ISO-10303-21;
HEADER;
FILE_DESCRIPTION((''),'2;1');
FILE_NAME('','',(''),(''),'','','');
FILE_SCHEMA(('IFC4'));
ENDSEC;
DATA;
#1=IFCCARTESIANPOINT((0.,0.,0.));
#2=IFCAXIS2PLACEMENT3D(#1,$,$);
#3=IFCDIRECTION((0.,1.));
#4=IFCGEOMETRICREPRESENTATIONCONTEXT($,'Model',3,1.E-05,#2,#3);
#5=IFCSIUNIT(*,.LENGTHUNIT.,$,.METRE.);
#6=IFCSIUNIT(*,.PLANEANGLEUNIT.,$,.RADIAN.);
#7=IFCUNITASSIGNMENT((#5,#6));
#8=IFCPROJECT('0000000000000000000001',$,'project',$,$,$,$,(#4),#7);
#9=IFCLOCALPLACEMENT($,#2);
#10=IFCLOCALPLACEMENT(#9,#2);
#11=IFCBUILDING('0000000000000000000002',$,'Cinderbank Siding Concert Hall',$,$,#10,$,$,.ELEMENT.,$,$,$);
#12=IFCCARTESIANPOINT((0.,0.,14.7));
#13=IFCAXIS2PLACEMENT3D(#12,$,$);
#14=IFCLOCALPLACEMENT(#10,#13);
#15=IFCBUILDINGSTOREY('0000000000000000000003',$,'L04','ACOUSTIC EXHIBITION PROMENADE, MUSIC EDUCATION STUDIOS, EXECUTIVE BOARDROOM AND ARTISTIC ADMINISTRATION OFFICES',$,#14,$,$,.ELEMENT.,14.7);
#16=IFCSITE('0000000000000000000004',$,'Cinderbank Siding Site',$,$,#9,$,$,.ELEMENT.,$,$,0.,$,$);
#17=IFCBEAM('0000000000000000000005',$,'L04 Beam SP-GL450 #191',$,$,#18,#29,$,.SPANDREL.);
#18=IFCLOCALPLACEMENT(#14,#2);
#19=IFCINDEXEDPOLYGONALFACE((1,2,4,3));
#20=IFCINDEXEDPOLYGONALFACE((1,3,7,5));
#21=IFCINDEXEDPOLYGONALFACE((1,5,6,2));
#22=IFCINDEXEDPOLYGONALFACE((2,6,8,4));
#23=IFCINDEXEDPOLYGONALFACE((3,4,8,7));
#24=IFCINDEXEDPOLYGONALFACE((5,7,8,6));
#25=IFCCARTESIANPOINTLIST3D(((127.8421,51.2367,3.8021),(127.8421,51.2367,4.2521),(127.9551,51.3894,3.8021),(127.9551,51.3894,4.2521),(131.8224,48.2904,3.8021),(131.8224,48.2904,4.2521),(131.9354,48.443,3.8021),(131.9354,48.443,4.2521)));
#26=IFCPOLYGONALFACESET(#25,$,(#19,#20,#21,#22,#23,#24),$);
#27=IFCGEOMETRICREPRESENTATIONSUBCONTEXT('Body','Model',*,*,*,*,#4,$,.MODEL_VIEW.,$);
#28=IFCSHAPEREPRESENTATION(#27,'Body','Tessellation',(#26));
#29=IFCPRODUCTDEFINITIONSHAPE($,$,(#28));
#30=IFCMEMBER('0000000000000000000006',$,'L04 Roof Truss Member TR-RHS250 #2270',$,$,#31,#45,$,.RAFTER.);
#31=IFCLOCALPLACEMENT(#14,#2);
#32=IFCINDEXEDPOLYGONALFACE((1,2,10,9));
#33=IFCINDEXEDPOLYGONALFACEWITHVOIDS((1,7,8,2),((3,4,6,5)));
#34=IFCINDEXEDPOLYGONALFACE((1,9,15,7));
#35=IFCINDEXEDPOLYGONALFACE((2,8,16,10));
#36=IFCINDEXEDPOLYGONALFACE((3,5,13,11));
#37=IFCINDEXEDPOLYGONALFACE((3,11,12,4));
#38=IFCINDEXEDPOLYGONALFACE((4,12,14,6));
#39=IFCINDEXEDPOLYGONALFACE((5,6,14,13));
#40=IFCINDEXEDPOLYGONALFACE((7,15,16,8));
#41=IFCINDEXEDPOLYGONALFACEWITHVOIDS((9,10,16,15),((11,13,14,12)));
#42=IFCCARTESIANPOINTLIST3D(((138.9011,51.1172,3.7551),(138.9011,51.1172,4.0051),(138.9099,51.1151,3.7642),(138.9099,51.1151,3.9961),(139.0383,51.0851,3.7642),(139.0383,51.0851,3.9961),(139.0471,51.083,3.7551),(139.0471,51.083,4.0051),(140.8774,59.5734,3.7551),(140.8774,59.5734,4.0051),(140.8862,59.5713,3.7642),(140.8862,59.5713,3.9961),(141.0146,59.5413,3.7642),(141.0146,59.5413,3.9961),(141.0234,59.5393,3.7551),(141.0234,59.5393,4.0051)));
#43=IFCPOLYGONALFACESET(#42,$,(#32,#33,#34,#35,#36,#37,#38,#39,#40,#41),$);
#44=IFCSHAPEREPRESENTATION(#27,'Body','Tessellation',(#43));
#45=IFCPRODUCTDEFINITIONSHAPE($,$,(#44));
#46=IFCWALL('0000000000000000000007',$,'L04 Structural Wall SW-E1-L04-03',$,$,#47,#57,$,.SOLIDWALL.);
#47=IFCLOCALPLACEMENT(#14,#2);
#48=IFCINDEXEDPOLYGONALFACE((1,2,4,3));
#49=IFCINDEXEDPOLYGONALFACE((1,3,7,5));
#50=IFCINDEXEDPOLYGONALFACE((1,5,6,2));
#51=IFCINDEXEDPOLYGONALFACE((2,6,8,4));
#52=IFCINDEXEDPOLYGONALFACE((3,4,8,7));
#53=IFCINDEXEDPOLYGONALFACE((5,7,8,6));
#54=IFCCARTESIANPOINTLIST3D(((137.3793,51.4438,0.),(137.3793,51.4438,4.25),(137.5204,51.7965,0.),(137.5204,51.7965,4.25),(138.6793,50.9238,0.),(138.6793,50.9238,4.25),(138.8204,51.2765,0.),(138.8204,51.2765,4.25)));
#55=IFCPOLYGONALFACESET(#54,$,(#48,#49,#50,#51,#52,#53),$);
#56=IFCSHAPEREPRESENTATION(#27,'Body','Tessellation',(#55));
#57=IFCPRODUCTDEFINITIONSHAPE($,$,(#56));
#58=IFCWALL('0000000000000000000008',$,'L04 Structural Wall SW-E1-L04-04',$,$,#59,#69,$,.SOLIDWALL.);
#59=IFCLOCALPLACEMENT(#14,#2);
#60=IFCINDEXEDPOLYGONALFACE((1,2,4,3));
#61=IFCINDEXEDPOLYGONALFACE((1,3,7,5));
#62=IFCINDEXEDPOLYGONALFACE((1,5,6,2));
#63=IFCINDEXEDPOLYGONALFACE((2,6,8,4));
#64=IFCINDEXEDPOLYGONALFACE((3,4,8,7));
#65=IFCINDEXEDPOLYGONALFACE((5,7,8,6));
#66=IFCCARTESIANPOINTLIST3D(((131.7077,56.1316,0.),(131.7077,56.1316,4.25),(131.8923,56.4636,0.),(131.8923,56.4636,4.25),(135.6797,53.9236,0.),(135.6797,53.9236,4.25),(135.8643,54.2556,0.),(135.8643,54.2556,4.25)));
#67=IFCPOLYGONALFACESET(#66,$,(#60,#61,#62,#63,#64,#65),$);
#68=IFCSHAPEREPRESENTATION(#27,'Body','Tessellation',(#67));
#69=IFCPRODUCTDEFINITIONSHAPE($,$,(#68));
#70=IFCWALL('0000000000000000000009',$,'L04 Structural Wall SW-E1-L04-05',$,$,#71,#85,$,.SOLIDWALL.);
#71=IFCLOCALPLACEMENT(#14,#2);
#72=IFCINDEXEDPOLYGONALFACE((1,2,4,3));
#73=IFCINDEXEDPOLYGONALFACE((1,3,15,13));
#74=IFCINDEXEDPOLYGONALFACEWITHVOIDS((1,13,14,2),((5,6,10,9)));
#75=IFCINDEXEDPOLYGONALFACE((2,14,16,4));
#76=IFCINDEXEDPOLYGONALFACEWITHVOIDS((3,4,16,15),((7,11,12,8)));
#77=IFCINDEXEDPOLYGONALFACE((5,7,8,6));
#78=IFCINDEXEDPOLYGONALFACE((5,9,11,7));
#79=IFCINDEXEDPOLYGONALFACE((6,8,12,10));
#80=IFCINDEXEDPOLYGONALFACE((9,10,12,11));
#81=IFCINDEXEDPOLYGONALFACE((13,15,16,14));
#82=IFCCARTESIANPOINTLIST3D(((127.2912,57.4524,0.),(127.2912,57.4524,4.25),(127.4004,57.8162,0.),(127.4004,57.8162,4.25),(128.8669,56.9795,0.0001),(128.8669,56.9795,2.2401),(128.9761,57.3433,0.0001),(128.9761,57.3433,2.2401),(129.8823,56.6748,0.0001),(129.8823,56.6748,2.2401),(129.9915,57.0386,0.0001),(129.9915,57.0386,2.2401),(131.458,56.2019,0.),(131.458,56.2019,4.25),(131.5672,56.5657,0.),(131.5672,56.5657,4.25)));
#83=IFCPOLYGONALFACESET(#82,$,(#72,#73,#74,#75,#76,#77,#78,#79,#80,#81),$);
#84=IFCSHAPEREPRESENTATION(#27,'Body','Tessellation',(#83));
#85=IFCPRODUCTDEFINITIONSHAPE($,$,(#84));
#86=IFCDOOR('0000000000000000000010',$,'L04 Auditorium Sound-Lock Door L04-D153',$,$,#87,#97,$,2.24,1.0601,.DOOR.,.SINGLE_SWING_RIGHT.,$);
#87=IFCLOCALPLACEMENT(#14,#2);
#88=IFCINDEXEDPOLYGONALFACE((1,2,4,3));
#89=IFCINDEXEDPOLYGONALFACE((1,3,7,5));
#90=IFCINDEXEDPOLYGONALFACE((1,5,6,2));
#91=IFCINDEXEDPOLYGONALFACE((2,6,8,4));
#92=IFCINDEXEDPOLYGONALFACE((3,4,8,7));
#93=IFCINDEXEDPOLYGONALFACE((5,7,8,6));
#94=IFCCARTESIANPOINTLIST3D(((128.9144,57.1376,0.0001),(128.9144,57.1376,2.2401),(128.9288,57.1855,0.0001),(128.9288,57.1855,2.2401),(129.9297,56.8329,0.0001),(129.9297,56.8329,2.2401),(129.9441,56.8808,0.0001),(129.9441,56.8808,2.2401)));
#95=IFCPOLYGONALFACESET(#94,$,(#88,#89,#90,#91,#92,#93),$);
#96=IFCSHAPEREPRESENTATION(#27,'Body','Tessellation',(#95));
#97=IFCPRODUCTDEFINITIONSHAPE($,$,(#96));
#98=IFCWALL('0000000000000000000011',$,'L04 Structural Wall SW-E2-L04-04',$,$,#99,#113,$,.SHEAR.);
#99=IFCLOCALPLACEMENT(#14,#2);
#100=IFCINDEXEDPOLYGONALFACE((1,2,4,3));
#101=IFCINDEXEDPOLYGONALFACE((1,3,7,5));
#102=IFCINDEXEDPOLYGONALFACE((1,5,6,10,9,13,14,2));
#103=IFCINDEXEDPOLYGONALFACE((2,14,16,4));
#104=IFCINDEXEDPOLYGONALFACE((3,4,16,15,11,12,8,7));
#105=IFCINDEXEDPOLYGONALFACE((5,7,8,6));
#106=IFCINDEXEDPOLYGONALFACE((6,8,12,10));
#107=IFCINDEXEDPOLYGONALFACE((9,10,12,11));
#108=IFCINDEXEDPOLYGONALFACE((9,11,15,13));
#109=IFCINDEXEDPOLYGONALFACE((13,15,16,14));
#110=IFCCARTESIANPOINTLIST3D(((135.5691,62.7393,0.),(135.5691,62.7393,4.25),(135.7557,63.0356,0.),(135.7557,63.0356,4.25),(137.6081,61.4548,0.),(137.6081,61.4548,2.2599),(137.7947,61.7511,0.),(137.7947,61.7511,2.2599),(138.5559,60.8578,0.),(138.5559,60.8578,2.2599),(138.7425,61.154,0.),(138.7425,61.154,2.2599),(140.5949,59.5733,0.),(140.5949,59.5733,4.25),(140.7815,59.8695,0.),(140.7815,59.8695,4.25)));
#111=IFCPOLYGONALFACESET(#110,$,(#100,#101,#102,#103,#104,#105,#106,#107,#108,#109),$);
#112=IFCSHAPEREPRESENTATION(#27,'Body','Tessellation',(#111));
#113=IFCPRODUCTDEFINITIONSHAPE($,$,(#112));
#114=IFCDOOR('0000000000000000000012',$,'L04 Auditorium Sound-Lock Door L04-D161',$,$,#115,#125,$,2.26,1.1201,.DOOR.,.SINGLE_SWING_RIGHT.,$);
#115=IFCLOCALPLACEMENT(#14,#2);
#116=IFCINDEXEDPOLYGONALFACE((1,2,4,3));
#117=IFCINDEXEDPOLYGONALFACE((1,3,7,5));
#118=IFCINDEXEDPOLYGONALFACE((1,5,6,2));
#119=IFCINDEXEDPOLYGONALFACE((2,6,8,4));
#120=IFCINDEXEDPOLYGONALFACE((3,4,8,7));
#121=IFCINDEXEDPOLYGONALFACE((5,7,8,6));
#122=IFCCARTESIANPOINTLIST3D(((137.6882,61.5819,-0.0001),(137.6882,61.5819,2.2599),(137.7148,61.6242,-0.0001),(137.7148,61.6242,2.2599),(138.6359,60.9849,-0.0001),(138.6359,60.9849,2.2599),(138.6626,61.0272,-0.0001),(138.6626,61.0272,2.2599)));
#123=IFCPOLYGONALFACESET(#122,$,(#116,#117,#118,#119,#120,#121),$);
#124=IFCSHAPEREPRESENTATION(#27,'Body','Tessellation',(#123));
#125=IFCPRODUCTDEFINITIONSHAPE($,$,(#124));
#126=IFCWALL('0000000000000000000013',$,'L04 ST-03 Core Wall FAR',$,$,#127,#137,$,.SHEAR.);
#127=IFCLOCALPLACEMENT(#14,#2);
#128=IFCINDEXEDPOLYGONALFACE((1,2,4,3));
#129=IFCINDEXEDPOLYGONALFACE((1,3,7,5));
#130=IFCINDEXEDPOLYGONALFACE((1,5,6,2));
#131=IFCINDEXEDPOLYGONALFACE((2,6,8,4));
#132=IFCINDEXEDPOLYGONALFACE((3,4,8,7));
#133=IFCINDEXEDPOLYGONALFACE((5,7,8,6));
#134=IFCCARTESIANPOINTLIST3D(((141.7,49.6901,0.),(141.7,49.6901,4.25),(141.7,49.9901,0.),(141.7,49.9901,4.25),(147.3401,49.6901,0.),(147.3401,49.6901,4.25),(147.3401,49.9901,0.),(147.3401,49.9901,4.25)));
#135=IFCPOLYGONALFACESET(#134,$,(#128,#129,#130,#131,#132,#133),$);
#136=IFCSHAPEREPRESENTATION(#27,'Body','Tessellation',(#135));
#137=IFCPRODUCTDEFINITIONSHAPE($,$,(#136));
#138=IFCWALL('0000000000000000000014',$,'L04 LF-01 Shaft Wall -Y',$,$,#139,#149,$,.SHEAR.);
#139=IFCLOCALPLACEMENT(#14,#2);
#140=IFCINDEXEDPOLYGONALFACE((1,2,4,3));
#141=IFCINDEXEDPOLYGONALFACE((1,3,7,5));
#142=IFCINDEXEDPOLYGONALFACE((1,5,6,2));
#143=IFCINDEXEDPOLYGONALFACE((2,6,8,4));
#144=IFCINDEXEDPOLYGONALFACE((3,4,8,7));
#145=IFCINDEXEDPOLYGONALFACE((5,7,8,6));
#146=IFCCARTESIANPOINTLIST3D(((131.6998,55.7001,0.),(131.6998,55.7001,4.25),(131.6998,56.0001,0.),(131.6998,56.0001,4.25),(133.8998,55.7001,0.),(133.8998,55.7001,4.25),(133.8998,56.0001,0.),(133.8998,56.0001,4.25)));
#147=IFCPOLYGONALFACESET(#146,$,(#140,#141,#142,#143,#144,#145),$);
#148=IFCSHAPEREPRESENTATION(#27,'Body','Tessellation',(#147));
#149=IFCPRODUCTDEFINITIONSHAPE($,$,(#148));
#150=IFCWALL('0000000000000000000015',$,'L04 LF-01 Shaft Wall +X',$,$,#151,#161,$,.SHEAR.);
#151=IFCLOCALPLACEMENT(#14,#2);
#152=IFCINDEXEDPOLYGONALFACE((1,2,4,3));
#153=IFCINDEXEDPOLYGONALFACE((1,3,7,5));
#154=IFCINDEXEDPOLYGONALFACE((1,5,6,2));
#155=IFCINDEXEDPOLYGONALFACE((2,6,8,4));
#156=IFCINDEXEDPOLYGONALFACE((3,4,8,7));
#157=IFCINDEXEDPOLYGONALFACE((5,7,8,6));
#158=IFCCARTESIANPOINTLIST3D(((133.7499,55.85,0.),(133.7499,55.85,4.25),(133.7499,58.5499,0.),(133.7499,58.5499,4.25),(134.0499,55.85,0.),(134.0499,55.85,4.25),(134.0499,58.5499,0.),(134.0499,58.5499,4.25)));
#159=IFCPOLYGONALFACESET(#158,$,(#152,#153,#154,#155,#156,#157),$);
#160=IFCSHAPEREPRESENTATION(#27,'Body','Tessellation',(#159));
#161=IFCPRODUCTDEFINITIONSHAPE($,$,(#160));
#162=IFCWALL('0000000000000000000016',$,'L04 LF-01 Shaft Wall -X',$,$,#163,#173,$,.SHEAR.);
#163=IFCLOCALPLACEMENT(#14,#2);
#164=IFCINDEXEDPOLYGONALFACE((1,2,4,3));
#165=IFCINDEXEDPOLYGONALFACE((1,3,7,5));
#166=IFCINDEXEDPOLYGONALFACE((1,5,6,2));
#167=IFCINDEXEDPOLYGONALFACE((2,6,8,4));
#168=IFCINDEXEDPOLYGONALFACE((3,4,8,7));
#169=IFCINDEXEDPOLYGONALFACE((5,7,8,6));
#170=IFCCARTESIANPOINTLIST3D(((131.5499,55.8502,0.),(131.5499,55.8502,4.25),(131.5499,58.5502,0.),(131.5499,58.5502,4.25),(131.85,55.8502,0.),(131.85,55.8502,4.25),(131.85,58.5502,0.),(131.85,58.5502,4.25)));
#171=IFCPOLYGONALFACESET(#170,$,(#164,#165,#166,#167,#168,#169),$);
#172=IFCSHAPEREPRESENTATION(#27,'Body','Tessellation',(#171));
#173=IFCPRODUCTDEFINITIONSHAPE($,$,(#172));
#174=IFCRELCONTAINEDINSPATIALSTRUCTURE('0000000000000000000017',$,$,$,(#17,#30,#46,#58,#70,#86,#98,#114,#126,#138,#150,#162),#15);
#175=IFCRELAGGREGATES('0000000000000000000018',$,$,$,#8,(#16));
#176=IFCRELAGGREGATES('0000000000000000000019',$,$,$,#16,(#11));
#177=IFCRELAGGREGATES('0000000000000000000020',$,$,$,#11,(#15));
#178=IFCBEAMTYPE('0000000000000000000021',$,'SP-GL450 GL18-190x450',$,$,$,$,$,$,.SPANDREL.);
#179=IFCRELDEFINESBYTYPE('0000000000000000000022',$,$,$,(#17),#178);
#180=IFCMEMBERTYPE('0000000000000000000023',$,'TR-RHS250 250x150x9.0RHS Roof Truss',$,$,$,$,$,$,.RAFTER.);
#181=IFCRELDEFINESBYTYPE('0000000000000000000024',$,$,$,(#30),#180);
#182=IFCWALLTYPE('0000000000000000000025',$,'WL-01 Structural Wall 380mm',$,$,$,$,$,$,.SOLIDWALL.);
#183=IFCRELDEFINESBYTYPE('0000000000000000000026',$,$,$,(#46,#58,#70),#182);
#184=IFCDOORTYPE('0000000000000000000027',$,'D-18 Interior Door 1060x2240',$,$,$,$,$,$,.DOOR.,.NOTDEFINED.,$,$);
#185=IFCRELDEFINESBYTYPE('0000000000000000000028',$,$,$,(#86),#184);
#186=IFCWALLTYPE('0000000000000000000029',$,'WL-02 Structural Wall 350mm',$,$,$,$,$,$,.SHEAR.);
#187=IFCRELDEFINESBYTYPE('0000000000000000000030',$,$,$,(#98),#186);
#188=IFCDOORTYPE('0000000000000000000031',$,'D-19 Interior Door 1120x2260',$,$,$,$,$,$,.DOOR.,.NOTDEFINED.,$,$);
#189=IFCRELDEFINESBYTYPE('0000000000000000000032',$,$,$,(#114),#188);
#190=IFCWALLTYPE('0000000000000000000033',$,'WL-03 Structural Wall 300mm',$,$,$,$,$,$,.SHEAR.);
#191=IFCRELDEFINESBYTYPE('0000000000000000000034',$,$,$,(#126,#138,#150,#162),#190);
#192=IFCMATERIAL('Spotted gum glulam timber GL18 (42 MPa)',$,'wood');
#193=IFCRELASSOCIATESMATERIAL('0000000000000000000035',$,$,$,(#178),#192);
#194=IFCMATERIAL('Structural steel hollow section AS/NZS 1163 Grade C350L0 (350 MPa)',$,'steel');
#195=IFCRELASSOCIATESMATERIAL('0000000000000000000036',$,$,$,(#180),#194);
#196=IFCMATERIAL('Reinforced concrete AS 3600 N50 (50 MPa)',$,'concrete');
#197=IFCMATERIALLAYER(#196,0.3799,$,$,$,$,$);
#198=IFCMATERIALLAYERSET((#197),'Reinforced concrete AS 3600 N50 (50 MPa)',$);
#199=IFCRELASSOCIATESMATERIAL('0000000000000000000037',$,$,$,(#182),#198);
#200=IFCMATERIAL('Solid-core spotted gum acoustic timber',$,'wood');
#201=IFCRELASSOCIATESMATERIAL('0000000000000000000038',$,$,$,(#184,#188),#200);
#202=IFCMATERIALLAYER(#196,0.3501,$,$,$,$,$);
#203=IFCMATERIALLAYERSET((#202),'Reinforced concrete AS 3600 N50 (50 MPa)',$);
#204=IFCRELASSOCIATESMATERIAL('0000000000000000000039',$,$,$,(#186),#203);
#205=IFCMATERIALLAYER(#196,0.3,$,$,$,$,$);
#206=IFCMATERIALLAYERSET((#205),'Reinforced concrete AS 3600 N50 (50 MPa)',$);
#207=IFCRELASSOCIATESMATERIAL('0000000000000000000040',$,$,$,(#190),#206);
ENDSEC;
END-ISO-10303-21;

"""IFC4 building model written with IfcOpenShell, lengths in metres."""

from ifc_helpers import new_model, si_unit, direction, frame, frame_2d, origin, origin_2d, place, context, subcontext, project, spatial, rectangle, hollow_rectangle, extrude, material, layer, layer_set, material_profile, profile_set, type_object, element, fill, save


model = new_model("IFC4")

# Units and contexts
model_context = context("Model", 3, precision=1e-05, world=origin(), true_north=direction((0.0, 1.0)))
body_context = subcontext(model_context, "Body", "Model", "MODEL_VIEW")
ifc_project = project(units=[si_unit("LENGTHUNIT", "METRE"), si_unit("PLANEANGLEUNIT", "RADIAN")], contexts=[model_context])

# Site, building, storey
site_placement = place(None, origin())
site = spatial("IfcSite", under=ifc_project, at=site_placement, Name="Cinderbank Siding Site", CompositionType="ELEMENT", RefElevation=0.0)
building_placement = place(site_placement, origin())
building = spatial("IfcBuilding", under=site, at=building_placement, Name="Cinderbank Siding Concert Hall", CompositionType="ELEMENT")
storey_placement = place(building_placement, frame((0.0, 0.0, 14.7)))
storey = spatial("IfcBuildingStorey", under=building, at=storey_placement, Name="L04", Description="ACOUSTIC EXHIBITION PROMENADE, MUSIC EDUCATION STUDIOS, EXECUTIVE BOARDROOM AND ARTISTIC ADMINISTRATION OFFICES", CompositionType="ELEMENT", Elevation=14.7)

# Shared definitions
ifc_material_1 = material(Name="Reinforced concrete AS 3600 N50 (50 MPa)", Category="concrete")

# Shared definitions
ifc_material_2 = material(Name="Structural steel hollow section AS/NZS 1163 Grade C350L0 (350 MPa)", Category="steel")

# Beam
ifc_material_3 = material(Name="Spotted gum glulam timber GL18 (42 MPa)", Category="wood")
ifc_material_profile_1 = material_profile(ifc_material_3, rectangle(XDim=0.1899, YDim=0.45, at=origin_2d()), Name="GL18-190x450", Category="LoadBearing")
ifc_profile_set_1 = profile_set([ifc_material_profile_1], Name="Spotted gum glulam timber GL18 (42 MPa)")
beam_type_1 = type_object("IfcBeamType", Name="SP-GL450 GL18-190x450", PredefinedType="SPANDREL", material=ifc_profile_set_1)
beam_1_placement = place(storey_placement, frame((131.8789, 48.3667, 4.0271), z_axis=(-0.803753, 0.594963, 0.0), x_axis=(-0.594963, -0.803753, 0.0)))
element("IfcBeam", 1, at=beam_1_placement, inside=storey, type_object=beam_type_1, Name="L04 Beam SP-GL450 #191", PredefinedType="SPANDREL", context=body_context, shape_type="SweptSolid", body=[
    extrude(rectangle(XDim=0.1899, YDim=0.45, at=origin_2d()), origin(), (0.0, 0.0, 1.0), 4.9521),
])

# Member
ifc_material_profile_2 = material_profile(ifc_material_2, hollow_rectangle(XDim=0.1499, YDim=0.25, WallThickness=0.009, at=origin_2d()), Name="250x150x9.0RHS", Category="LoadBearing")
ifc_profile_set_2 = profile_set([ifc_material_profile_2], Name="Structural steel hollow section AS/NZS 1163 Grade C350L0 (350 MPa)")
member_type_1 = type_object("IfcMemberType", Name="TR-RHS250 250x150x9.0RHS Roof Truss", PredefinedType="RAFTER", material=ifc_profile_set_2)
member_1_placement = place(storey_placement, frame((138.9741, 51.1001, 3.8801), z_axis=(0.227577, 0.97376, 0.0), x_axis=(-0.97376, 0.227577, 0.0)))
element("IfcMember", 2, at=member_1_placement, inside=storey, type_object=member_type_1, Name="L04 Roof Truss Member TR-RHS250 #2270", PredefinedType="RAFTER", context=body_context, shape_type="SweptSolid", body=[
    extrude(hollow_rectangle(XDim=0.1499, YDim=0.25, WallThickness=0.009, at=origin_2d()), origin(), (0.0, 0.0, 1.0), 8.6841),
])

# Walls
ifc_layer_1 = layer(ifc_material_1, 0.3799)
ifc_layer_set_1 = layer_set([ifc_layer_1], Name="Reinforced concrete AS 3600 N50 (50 MPa)")
wall_type_1 = type_object("IfcWallType", Name="WL-01 Structural Wall 380mm", PredefinedType="SOLIDWALL", material=ifc_layer_set_1)
wall_1_placement = place(storey_placement, frame((138.75, 51.1001, 0.0), z_axis=(0.0, 0.0, 1.0), x_axis=(-0.928477, 0.371391, 0.0)))
element("IfcWall", 3, at=wall_1_placement, inside=storey, type_object=wall_type_1, Name="L04 Structural Wall SW-E1-L04-03", PredefinedType="SOLIDWALL", context=body_context, shape_type="SweptSolid", body=[
    extrude(rectangle(XDim=1.4001, YDim=0.3799, at=frame_2d((0.7002, 0.0))), origin(), (0.0, 0.0, 1.0), 4.25),
])
wall_2_placement = place(storey_placement, frame((135.772, 54.0896, 0.0), z_axis=(0.0, 0.0, 1.0), x_axis=(-0.874028, 0.485876, 0.0)))
element("IfcWall", 4, at=wall_2_placement, inside=storey, type_object=wall_type_1, Name="L04 Structural Wall SW-E1-L04-04", PredefinedType="SOLIDWALL", context=body_context, shape_type="SweptSolid", body=[
    extrude(rectangle(XDim=4.5444, YDim=0.3799, at=frame_2d((2.2722, 0.0))), origin(), (0.0, 0.0, 1.0), 4.25),
])

# Walls, openings, doors
wall_3_placement = place(storey_placement, frame((131.5127, 56.3838, 0.0), z_axis=(0.0, 0.0, 1.0), x_axis=(-0.957797, 0.287446, 0.0)))
wall_3 = element("IfcWall", 5, at=wall_3_placement, inside=storey, type_object=wall_type_1, Name="L04 Structural Wall SW-E1-L04-05", PredefinedType="SOLIDWALL", context=body_context, shape_type="SweptSolid", body=[
    extrude(rectangle(XDim=4.3503, YDim=0.3799, at=frame_2d((2.1753, 0.0))), origin(), (0.0, 0.0, 1.0), 4.25),
])
opening_1_placement = place(wall_3_placement, frame((1.6453, 0.0, 0.0)))
opening_1 = element("IfcOpeningElement", 6, at=opening_1_placement, cuts=wall_3, PredefinedType="OPENING", context=body_context, shape_type="SweptSolid", body=[
    extrude(rectangle(XDim=1.0601, YDim=2.24, at=frame_2d((0.53, 1.1201))), frame((0.0, 0.2019, 0.0), z_axis=(0.0, -1.0, 0.0), x_axis=(1.0, 0.0, 0.0)), (0.0, 0.0, 1.0), 0.4038),
])
ifc_material_4 = material(Name="Solid-core spotted gum acoustic timber", Category="wood")
door_type_1 = type_object("IfcDoorType", Name="D-18 Interior Door 1060x2240", OperationType="NOTDEFINED", PredefinedType="DOOR", material=ifc_material_4)
door_1_placement = place(opening_1_placement, origin())
door_1 = element("IfcDoor", 7, at=door_1_placement, inside=storey, type_object=door_type_1, Name="L04 Auditorium Sound-Lock Door L04-D153", OperationType="SINGLE_SWING_RIGHT", OverallHeight=2.24, OverallWidth=1.0601, PredefinedType="DOOR", context=body_context, shape_type="SweptSolid", body=[
    extrude(rectangle(XDim=1.0601, YDim=2.24, at=frame_2d((0.53, 1.1201))), frame((0.0, 0.0249, 0.0), z_axis=(0.0, -1.0, 0.0), x_axis=(1.0, 0.0, 0.0)), (0.0, 0.0, 1.0), 0.05),
])
fill(opening_1, door_1)
ifc_layer_2 = layer(ifc_material_1, 0.3501)
ifc_layer_set_2 = layer_set([ifc_layer_2], Name="Reinforced concrete AS 3600 N50 (50 MPa)")
wall_type_2 = type_object("IfcWallType", Name="WL-02 Structural Wall 350mm", PredefinedType="SHEAR", material=ifc_layer_set_2)
wall_4_placement = place(storey_placement, frame((140.6882, 59.7214, 0.0), z_axis=(0.0, 0.0, 1.0), x_axis=(-0.846113, 0.533003, 0.0)))
wall_4 = element("IfcWall", 8, at=wall_4_placement, inside=storey, type_object=wall_type_2, Name="L04 Structural Wall SW-E2-L04-04", PredefinedType="SHEAR", context=body_context, shape_type="SweptSolid", body=[
    extrude(rectangle(XDim=5.9399, YDim=0.3501, at=frame_2d((2.97, 0.0))), origin(), (0.0, 0.0, 1.0), 4.25),
])
opening_2_placement = place(wall_4_placement, frame((2.4099, 0.0, 0.0)))
opening_2 = element("IfcOpeningElement", 9, at=opening_2_placement, cuts=wall_4, PredefinedType="OPENING", context=body_context, shape_type="SweptSolid", body=[
    extrude(rectangle(XDim=1.1201, YDim=2.26, at=frame_2d((0.5601, 1.1299))), frame((0.0, 0.187, 0.0), z_axis=(0.0, -1.0, 0.0), x_axis=(1.0, 0.0, 0.0)), (0.0, 0.0, 1.0), 0.374),
])
door_type_2 = type_object("IfcDoorType", Name="D-19 Interior Door 1120x2260", OperationType="NOTDEFINED", PredefinedType="DOOR", material=ifc_material_4)
door_2_placement = place(opening_2_placement, origin())
door_2 = element("IfcDoor", 10, at=door_2_placement, inside=storey, type_object=door_type_2, Name="L04 Auditorium Sound-Lock Door L04-D161", OperationType="SINGLE_SWING_RIGHT", OverallHeight=2.26, OverallWidth=1.1201, PredefinedType="DOOR", context=body_context, shape_type="SweptSolid", body=[
    extrude(rectangle(XDim=1.1201, YDim=2.26, at=frame_2d((0.5601, 1.1299))), frame((0.0, 0.0249, 0.0), z_axis=(0.0, -1.0, 0.0), x_axis=(1.0, 0.0, 0.0)), (0.0, 0.0, 1.0), 0.05),
])
fill(opening_2, door_2)

# Walls
ifc_layer_3 = layer(ifc_material_1, 0.3)
ifc_layer_set_3 = layer_set([ifc_layer_3], Name="Reinforced concrete AS 3600 N50 (50 MPa)")
wall_type_3 = type_object("IfcWallType", Name="WL-03 Structural Wall 300mm", PredefinedType="SHEAR", material=ifc_layer_set_3)
wall_5_placement = place(storey_placement, frame((141.7, 49.8401, 0.0), z_axis=(0.0, 0.0, 1.0), x_axis=(1.0, 0.0, 0.0)))
element("IfcWall", 11, at=wall_5_placement, inside=storey, type_object=wall_type_3, Name="L04 ST-03 Core Wall FAR", PredefinedType="SHEAR", context=body_context, shape_type="SweptSolid", body=[
    extrude(rectangle(XDim=5.6401, YDim=0.3, at=frame_2d((2.8201, 0.0))), origin(), (0.0, 0.0, 1.0), 4.25),
])
wall_6_placement = place(storey_placement, frame((133.8999, 55.8501, 0.0), z_axis=(0.0, 0.0, 1.0), x_axis=(-1.0, 0.0, 0.0)))
element("IfcWall", 12, at=wall_6_placement, inside=storey, type_object=wall_type_3, Name="L04 LF-01 Shaft Wall -Y", PredefinedType="SHEAR", context=body_context, shape_type="SweptSolid", body=[
    extrude(rectangle(XDim=2.2, YDim=0.3, at=frame_2d((1.1001, 0.0))), origin(), (0.0, 0.0, 1.0), 4.25),
])
wall_7_placement = place(storey_placement, frame((133.8999, 58.55, 0.0), z_axis=(0.0, 0.0, 1.0), x_axis=(0.0, -1.0, 0.0)))
element("IfcWall", 13, at=wall_7_placement, inside=storey, type_object=wall_type_3, Name="L04 LF-01 Shaft Wall +X", PredefinedType="SHEAR", context=body_context, shape_type="SweptSolid", body=[
    extrude(rectangle(XDim=2.7, YDim=0.3, at=frame_2d((1.3501, 0.0))), origin(), (0.0, 0.0, 1.0), 4.25),
])

# Wall
wall_8_placement = place(storey_placement, frame((131.7, 55.8501, 0.0), z_axis=(0.0, 0.0, 1.0), x_axis=(0.0, 1.0, 0.0)))
element("IfcWall", 14, at=wall_8_placement, inside=storey, type_object=wall_type_3, Name="L04 LF-01 Shaft Wall -X", PredefinedType="SHEAR", context=body_context, shape_type="SweptSolid", body=[
    extrude(rectangle(XDim=2.7, YDim=0.3, at=frame_2d((1.3501, 0.0))), origin(), (0.0, 0.0, 1.0), 4.25),
])

save(model, "model.ifc")
